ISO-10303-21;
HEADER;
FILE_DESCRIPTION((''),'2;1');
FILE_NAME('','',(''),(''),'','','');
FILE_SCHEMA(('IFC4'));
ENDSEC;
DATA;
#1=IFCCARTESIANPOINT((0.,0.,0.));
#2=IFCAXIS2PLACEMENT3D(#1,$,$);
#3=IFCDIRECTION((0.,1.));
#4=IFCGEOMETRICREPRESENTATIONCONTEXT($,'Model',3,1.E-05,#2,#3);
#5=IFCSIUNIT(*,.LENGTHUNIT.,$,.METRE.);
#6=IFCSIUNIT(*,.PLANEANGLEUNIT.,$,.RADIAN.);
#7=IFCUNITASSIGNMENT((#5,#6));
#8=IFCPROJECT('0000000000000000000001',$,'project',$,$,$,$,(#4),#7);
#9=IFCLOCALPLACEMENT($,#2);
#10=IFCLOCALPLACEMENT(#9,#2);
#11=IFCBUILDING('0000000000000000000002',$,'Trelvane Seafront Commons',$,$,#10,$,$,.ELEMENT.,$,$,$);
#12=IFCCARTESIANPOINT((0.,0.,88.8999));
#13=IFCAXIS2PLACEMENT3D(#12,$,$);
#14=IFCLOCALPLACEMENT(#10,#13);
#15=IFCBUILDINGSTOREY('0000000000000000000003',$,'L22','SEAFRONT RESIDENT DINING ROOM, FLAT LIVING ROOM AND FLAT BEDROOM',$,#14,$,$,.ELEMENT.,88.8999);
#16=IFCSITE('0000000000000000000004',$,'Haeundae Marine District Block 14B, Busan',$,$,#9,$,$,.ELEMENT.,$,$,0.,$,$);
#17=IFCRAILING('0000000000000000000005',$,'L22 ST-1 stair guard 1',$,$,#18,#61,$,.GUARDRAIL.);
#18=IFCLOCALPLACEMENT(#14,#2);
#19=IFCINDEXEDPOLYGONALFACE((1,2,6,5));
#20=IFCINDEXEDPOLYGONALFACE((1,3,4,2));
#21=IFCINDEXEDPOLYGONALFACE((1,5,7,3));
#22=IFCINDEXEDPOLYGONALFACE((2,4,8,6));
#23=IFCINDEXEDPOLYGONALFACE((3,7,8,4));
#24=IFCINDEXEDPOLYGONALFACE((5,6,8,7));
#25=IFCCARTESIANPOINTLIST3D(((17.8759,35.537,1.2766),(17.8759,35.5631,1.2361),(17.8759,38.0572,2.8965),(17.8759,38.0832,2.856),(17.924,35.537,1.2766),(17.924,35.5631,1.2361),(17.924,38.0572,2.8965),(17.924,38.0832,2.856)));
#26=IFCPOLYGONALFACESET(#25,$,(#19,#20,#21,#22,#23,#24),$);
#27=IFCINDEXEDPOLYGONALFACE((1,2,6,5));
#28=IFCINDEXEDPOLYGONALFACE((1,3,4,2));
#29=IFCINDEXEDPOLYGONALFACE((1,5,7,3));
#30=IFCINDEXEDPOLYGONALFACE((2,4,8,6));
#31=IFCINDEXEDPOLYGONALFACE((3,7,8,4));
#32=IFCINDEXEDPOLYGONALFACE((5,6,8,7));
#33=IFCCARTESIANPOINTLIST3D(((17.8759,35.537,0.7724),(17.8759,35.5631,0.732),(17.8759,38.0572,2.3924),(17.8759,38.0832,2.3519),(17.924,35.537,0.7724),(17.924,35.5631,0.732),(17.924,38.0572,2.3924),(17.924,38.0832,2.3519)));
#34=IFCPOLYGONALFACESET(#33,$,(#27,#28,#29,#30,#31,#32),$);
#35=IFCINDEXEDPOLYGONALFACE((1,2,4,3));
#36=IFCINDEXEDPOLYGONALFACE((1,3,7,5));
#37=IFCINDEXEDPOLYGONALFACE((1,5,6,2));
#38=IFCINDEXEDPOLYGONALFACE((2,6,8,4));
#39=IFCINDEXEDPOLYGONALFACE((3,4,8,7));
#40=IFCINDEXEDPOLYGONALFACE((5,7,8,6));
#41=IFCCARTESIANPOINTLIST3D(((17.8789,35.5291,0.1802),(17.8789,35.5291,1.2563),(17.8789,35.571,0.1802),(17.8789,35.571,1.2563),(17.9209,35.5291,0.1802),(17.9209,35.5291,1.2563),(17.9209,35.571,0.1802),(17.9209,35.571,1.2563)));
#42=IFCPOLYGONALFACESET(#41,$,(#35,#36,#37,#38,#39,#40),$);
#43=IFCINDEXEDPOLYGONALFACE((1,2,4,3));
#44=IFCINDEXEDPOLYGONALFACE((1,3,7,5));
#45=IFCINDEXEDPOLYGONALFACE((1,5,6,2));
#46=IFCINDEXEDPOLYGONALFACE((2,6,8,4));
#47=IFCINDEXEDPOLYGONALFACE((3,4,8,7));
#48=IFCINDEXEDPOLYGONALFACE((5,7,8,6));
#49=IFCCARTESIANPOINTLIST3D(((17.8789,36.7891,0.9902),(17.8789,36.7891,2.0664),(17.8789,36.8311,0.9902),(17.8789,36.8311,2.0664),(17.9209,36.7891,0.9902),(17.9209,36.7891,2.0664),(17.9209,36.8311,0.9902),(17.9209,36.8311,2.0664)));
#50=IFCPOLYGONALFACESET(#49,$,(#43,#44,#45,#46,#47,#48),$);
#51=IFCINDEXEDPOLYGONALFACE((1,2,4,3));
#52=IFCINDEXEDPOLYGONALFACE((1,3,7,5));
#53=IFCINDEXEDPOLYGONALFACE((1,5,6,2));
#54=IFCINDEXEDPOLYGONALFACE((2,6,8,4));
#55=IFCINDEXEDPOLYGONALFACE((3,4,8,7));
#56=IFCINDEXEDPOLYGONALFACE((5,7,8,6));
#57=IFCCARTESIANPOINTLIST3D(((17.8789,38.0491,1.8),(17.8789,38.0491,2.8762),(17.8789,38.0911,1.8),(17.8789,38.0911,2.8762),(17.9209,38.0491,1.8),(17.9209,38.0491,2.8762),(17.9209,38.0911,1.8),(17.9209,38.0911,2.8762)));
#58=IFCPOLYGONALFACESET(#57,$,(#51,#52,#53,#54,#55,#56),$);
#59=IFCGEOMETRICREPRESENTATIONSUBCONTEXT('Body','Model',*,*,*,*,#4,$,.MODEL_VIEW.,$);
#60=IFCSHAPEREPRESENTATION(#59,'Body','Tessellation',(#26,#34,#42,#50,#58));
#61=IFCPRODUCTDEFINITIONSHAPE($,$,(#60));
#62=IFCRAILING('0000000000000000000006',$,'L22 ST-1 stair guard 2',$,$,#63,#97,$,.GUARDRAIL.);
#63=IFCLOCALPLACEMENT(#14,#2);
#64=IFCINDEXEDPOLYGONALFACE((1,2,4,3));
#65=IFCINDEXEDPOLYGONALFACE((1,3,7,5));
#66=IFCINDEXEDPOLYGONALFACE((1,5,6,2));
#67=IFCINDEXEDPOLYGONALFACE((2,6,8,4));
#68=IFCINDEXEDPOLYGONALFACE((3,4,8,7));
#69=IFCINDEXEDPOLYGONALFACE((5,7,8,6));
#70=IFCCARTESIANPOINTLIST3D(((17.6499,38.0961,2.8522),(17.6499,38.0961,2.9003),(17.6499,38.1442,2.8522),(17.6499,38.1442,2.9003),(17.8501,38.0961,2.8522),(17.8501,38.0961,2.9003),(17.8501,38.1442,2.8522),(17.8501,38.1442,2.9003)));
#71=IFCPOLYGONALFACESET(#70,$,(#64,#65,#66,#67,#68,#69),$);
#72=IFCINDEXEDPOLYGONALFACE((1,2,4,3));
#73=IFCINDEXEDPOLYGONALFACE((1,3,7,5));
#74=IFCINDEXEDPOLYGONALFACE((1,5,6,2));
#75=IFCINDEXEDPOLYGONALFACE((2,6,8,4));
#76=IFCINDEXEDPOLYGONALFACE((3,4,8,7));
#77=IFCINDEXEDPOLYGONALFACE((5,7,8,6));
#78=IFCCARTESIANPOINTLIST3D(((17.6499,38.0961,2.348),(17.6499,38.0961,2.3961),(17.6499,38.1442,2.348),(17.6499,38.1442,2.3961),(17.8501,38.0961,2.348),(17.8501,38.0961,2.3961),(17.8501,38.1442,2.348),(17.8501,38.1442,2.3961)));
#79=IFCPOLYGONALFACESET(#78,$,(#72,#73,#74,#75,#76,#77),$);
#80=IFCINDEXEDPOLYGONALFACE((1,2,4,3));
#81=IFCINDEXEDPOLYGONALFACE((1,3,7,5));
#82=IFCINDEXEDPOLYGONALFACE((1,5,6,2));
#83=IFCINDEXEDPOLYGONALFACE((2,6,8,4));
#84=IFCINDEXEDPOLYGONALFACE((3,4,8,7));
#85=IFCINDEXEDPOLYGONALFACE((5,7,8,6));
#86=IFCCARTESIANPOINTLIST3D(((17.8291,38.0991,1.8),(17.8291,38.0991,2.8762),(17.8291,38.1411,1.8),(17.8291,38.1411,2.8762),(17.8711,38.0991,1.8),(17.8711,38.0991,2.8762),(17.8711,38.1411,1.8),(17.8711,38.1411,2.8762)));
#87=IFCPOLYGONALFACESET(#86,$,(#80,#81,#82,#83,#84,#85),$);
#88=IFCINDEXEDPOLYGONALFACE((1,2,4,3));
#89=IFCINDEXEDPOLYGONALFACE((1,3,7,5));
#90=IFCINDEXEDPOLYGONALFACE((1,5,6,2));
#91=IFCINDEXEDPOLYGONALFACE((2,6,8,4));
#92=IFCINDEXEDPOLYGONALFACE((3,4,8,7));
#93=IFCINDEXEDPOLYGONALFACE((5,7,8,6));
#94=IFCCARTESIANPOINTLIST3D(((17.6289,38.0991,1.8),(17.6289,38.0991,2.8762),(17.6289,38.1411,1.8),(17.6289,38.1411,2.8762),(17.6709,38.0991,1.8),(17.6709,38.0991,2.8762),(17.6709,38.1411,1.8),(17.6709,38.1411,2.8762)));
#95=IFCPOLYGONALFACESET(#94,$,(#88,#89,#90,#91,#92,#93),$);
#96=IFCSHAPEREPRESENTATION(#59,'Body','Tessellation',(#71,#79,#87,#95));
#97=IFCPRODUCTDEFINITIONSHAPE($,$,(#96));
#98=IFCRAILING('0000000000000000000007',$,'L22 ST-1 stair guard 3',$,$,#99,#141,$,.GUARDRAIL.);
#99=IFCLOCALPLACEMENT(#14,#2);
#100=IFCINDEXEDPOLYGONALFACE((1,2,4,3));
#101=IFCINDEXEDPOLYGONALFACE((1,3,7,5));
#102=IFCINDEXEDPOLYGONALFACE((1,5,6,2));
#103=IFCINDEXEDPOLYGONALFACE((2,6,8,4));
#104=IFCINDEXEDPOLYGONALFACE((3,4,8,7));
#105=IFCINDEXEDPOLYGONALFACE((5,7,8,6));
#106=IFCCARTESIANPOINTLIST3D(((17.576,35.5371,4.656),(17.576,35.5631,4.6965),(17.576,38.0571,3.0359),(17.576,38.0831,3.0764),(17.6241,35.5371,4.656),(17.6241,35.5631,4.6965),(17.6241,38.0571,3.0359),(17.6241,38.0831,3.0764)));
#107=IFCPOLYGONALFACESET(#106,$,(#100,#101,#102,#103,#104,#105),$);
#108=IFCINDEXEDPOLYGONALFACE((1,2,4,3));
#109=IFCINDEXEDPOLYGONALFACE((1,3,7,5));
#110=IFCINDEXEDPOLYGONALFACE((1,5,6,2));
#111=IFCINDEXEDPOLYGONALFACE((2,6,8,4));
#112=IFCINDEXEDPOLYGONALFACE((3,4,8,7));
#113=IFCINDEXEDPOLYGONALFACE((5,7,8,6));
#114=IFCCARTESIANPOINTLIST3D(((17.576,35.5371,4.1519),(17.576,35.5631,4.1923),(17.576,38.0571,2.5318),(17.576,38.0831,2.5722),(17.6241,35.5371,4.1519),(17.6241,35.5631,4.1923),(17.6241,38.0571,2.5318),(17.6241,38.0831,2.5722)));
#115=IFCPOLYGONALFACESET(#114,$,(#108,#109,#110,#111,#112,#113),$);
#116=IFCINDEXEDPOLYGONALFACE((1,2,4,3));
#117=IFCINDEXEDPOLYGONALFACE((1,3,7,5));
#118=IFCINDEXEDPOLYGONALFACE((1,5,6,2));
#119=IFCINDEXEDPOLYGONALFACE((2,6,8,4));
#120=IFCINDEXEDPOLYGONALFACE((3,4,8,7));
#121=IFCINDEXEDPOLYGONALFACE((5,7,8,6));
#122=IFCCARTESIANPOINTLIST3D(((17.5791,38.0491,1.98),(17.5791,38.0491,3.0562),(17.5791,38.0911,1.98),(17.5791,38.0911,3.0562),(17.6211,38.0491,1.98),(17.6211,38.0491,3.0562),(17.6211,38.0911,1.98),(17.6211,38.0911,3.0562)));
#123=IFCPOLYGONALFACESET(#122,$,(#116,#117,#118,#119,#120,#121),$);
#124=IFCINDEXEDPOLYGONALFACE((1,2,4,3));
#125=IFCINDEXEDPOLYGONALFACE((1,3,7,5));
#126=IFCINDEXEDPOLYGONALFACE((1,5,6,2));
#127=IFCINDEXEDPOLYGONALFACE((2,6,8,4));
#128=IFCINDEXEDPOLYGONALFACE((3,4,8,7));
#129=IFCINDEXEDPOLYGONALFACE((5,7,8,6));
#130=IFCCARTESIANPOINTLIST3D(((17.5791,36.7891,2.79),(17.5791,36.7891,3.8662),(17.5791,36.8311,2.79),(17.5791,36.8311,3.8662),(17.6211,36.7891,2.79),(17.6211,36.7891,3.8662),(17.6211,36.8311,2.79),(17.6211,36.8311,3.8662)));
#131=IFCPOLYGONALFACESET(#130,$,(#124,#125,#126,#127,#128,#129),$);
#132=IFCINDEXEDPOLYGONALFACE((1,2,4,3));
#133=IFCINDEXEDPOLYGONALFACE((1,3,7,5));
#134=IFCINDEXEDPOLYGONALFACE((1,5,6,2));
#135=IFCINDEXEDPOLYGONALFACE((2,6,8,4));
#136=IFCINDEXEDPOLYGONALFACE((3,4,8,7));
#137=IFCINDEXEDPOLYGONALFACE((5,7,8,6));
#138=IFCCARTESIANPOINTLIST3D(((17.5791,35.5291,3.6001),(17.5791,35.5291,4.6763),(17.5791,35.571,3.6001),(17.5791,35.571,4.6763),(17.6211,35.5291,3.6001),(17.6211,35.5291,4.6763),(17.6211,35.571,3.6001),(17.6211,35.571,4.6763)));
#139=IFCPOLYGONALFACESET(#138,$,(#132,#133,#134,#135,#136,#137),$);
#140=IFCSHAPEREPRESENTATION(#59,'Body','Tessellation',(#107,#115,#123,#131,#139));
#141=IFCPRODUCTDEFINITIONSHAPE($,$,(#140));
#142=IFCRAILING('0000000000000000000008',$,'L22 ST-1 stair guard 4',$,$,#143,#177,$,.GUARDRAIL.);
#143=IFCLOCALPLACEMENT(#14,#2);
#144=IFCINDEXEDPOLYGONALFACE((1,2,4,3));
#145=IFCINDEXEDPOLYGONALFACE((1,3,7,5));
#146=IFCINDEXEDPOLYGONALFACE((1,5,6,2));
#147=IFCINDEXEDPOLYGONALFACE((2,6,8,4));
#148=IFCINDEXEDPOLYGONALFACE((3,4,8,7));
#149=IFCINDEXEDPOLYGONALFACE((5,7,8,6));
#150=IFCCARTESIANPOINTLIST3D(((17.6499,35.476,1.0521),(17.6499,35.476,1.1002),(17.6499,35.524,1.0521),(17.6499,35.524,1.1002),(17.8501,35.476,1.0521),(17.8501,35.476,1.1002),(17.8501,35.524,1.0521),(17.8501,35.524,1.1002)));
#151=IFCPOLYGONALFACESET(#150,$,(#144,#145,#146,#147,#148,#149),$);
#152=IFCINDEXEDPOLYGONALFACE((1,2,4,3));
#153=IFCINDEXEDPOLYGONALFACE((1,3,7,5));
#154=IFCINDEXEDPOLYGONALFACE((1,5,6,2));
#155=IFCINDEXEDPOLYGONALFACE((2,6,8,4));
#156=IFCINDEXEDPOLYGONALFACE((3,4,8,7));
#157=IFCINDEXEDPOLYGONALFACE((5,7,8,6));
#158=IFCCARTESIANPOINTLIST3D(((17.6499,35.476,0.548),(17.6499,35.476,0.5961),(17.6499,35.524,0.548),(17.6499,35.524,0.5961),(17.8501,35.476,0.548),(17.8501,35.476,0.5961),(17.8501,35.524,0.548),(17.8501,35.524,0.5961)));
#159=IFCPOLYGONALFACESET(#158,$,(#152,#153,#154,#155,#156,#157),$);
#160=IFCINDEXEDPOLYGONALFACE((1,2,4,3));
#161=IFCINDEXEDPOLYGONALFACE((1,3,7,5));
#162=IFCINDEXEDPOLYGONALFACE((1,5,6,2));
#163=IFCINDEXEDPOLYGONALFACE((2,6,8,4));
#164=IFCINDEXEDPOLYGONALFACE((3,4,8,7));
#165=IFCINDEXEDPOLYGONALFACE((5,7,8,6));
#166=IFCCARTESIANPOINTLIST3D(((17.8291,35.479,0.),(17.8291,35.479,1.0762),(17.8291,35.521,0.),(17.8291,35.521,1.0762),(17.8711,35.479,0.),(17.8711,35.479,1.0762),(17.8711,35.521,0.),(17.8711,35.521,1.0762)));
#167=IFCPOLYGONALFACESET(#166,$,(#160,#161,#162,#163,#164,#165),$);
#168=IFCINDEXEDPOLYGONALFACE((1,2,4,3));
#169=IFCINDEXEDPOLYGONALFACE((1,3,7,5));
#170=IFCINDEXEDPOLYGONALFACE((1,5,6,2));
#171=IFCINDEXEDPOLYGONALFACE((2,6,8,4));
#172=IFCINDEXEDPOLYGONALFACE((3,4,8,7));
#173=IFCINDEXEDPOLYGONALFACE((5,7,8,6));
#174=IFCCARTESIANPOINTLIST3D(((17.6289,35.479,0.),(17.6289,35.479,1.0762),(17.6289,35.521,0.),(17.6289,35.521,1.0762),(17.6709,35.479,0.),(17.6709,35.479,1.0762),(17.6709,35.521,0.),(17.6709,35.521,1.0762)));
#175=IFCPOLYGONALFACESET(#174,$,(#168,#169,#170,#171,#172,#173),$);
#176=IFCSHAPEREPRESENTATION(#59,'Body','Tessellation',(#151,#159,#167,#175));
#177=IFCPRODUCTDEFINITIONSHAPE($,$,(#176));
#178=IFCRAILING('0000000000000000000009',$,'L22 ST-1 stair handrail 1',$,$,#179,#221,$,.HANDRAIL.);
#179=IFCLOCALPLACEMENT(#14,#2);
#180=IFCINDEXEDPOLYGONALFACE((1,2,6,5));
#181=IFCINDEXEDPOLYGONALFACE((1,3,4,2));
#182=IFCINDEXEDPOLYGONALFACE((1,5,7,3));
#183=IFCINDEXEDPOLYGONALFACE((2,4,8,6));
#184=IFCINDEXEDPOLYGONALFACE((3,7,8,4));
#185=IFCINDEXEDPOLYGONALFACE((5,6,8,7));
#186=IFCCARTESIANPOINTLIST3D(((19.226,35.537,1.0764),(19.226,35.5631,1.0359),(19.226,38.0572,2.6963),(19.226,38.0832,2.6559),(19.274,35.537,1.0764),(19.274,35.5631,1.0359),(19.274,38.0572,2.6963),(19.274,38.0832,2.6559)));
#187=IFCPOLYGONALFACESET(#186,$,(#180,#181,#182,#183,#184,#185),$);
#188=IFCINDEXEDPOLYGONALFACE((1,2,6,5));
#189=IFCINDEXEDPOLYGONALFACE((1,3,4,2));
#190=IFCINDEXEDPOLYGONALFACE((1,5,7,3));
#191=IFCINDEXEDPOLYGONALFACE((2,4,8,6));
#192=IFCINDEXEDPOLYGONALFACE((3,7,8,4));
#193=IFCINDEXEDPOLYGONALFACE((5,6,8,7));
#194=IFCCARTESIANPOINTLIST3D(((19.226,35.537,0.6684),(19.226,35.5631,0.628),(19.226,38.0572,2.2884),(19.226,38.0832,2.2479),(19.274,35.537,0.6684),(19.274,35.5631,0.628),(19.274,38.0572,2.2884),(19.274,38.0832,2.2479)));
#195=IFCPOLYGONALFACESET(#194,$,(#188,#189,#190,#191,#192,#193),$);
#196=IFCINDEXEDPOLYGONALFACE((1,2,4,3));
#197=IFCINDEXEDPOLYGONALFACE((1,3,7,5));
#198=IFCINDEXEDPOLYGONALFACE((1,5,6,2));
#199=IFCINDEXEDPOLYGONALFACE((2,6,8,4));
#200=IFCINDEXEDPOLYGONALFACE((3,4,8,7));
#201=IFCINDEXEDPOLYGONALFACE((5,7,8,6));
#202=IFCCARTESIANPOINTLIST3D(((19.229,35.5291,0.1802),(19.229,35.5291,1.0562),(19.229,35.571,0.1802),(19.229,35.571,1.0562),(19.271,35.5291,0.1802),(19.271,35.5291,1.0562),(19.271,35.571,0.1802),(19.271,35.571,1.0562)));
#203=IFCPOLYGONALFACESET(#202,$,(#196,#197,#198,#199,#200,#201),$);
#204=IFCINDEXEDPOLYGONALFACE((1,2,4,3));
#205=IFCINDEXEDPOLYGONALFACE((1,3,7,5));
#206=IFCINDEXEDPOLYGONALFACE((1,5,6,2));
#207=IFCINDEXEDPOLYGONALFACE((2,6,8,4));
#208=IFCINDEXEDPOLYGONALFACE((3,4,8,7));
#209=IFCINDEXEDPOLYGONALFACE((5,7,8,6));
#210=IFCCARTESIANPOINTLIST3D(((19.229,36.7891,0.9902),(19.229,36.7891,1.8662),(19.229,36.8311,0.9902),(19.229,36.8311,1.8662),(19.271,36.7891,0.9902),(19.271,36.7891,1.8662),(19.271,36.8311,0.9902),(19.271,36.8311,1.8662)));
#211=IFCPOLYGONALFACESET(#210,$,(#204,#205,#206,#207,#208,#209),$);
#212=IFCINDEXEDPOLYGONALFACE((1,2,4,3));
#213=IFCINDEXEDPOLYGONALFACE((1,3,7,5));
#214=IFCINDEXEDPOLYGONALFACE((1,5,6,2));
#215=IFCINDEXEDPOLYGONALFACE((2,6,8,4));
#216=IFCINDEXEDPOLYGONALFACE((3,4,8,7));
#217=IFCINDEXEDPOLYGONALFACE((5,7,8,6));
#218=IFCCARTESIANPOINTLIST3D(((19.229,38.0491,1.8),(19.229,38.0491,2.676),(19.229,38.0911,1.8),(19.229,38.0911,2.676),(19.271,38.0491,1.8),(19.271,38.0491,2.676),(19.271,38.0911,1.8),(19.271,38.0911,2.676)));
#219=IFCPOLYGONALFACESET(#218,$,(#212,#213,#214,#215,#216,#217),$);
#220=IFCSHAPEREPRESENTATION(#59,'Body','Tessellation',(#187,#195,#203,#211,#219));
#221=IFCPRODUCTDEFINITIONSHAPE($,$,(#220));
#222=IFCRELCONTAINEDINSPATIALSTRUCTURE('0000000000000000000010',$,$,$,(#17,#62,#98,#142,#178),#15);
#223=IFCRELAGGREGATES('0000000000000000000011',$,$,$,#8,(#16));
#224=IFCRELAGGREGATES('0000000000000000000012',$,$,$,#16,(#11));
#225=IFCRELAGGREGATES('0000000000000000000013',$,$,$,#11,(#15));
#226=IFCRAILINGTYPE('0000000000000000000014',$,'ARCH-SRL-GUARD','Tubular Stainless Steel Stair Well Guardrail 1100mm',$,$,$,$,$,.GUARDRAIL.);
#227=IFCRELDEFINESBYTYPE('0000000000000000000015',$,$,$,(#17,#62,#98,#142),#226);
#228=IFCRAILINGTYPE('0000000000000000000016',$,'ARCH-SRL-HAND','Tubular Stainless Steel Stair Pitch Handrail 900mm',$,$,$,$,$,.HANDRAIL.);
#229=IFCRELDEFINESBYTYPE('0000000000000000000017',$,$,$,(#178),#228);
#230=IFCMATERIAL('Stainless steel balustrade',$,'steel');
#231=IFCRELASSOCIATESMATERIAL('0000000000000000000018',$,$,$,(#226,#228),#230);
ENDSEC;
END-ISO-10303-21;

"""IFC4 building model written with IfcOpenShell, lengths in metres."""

from ifc_helpers import new_model, si_unit, direction, frame, origin, origin_2d, place, context, subcontext, project, spatial, rectangle, extrude, material, type_object, element, save


model = new_model("IFC4")

# Units and contexts
model_context = context("Model", 3, precision=1e-05, world=origin(), true_north=direction((0.0, 1.0)))
body_context = subcontext(model_context, "Body", "Model", "MODEL_VIEW")
ifc_project = project(units=[si_unit("LENGTHUNIT", "METRE"), si_unit("PLANEANGLEUNIT", "RADIAN")], contexts=[model_context])

# Site, building, storey
site_placement = place(None, origin())
site = spatial("IfcSite", under=ifc_project, at=site_placement, Name="Haeundae Marine District Block 14B, Busan", CompositionType="ELEMENT", RefElevation=0.0)
building_placement = place(site_placement, origin())
building = spatial("IfcBuilding", under=site, at=building_placement, Name="Trelvane Seafront Commons", CompositionType="ELEMENT")
storey_placement = place(building_placement, frame((0.0, 0.0, 88.8999)))
storey = spatial("IfcBuildingStorey", under=building, at=storey_placement, Name="L22", Description="SEAFRONT RESIDENT DINING ROOM, FLAT LIVING ROOM AND FLAT BEDROOM", CompositionType="ELEMENT", Elevation=88.8999)

# Shared definitions
ifc_material_1 = material(Name="Stainless steel balustrade", Category="steel")

# Railings
railing_type_1 = type_object("IfcRailingType", Name="ARCH-SRL-GUARD", Description="Tubular Stainless Steel Stair Well Guardrail 1100mm", PredefinedType="GUARDRAIL", material=ifc_material_1)
railing_1_placement = place(storey_placement, frame((17.8999, 35.55, 0.1802)))
element("IfcRailing", 1, at=railing_1_placement, inside=storey, type_object=railing_type_1, Name="L22 ST-1 stair guard 1", PredefinedType="GUARDRAIL", context=body_context, shape_type="SweptSolid", body=[
    extrude(rectangle(XDim=0.0481, YDim=0.0481, at=origin_2d()), frame((0.0, 0.0, 1.0762), z_axis=(0.0, 0.8412, 0.540725), x_axis=(-1.0, 0.0, 0.0)), (0.0, 0.0, 1.0), 2.9958),
    extrude(rectangle(XDim=0.0481, YDim=0.0481, at=origin_2d()), frame((0.0, 0.0, 0.572), z_axis=(0.0, 0.8412, 0.540725), x_axis=(-1.0, 0.0, 0.0)), (0.0, 0.0, 1.0), 2.9958),
    extrude(rectangle(XDim=0.042, YDim=0.042, at=origin_2d()), origin(), (0.0, 0.0, 1.0), 1.0762),
    extrude(rectangle(XDim=0.042, YDim=0.042, at=origin_2d()), frame((0.0, 1.26, 0.8101)), (0.0, 0.0, 1.0), 1.0762),
    extrude(rectangle(XDim=0.042, YDim=0.042, at=origin_2d()), frame((0.0, 2.52, 1.6199)), (0.0, 0.0, 1.0), 1.0762),
])
railing_2_placement = place(storey_placement, frame((17.8501, 38.1201, 1.8)))
element("IfcRailing", 2, at=railing_2_placement, inside=storey, type_object=railing_type_1, Name="L22 ST-1 stair guard 2", PredefinedType="GUARDRAIL", context=body_context, shape_type="SweptSolid", body=[
    extrude(rectangle(XDim=0.0481, YDim=0.0481, at=origin_2d()), frame((0.0, 0.0, 1.0762), z_axis=(-1.0, 0.0, 0.0), x_axis=(0.0, -1.0, 0.0)), (0.0, 0.0, 1.0), 0.2002),
    extrude(rectangle(XDim=0.0481, YDim=0.0481, at=origin_2d()), frame((0.0, 0.0, 0.572), z_axis=(-1.0, 0.0, 0.0), x_axis=(0.0, -1.0, 0.0)), (0.0, 0.0, 1.0), 0.2002),
    extrude(rectangle(XDim=0.042, YDim=0.042, at=origin_2d()), origin(), (0.0, 0.0, 1.0), 1.0762),
    extrude(rectangle(XDim=0.042, YDim=0.042, at=origin_2d()), frame((-0.2002, 0.0, 0.0)), (0.0, 0.0, 1.0), 1.0762),
])
railing_3_placement = place(storey_placement, frame((17.6001, 38.0701, 1.98)))
element("IfcRailing", 3, at=railing_3_placement, inside=storey, type_object=railing_type_1, Name="L22 ST-1 stair guard 3", PredefinedType="GUARDRAIL", context=body_context, shape_type="SweptSolid", body=[
    extrude(rectangle(XDim=0.0481, YDim=0.0481, at=origin_2d()), frame((0.0, 0.0, 1.0762), z_axis=(0.0, -0.841163, 0.540782), x_axis=(1.0, 0.0, 0.0)), (0.0, 0.0, 1.0), 2.9958),
    extrude(rectangle(XDim=0.0481, YDim=0.0481, at=origin_2d()), frame((0.0, 0.0, 0.572), z_axis=(0.0, -0.841163, 0.540782), x_axis=(1.0, 0.0, 0.0)), (0.0, 0.0, 1.0), 2.9958),
    extrude(rectangle(XDim=0.042, YDim=0.042, at=origin_2d()), origin(), (0.0, 0.0, 1.0), 1.0762),
    extrude(rectangle(XDim=0.042, YDim=0.042, at=origin_2d()), frame((0.0, -1.26, 0.8101)), (0.0, 0.0, 1.0), 1.0762),
    extrude(rectangle(XDim=0.042, YDim=0.042, at=origin_2d()), frame((0.0, -2.52, 1.6201)), (0.0, 0.0, 1.0), 1.0762),
])
railing_4_placement = place(storey_placement, frame((17.8501, 35.5, 0.0)))
element("IfcRailing", 4, at=railing_4_placement, inside=storey, type_object=railing_type_1, Name="L22 ST-1 stair guard 4", PredefinedType="GUARDRAIL", context=body_context, shape_type="SweptSolid", body=[
    extrude(rectangle(XDim=0.0481, YDim=0.0481, at=origin_2d()), frame((0.0, 0.0, 1.0762), z_axis=(-1.0, 0.0, 0.0), x_axis=(0.0, -1.0, 0.0)), (0.0, 0.0, 1.0), 0.2002),
    extrude(rectangle(XDim=0.0481, YDim=0.0481, at=origin_2d()), frame((0.0, 0.0, 0.572), z_axis=(-1.0, 0.0, 0.0), x_axis=(0.0, -1.0, 0.0)), (0.0, 0.0, 1.0), 0.2002),
    extrude(rectangle(XDim=0.042, YDim=0.042, at=origin_2d()), origin(), (0.0, 0.0, 1.0), 1.0762),
    extrude(rectangle(XDim=0.042, YDim=0.042, at=origin_2d()), frame((-0.2002, 0.0, 0.0)), (0.0, 0.0, 1.0), 1.0762),
])
railing_type_2 = type_object("IfcRailingType", Name="ARCH-SRL-HAND", Description="Tubular Stainless Steel Stair Pitch Handrail 900mm", PredefinedType="HANDRAIL", material=ifc_material_1)
railing_5_placement = place(storey_placement, frame((19.25, 35.55, 0.1802)))
element("IfcRailing", 5, at=railing_5_placement, inside=storey, type_object=railing_type_2, Name="L22 ST-1 stair handrail 1", PredefinedType="HANDRAIL", context=body_context, shape_type="SweptSolid", body=[
    extrude(rectangle(XDim=0.0481, YDim=0.0481, at=origin_2d()), frame((0.0, 0.0, 0.876), z_axis=(0.0, 0.8412, 0.540725), x_axis=(-1.0, 0.0, 0.0)), (0.0, 0.0, 1.0), 2.9958),
    extrude(rectangle(XDim=0.0481, YDim=0.0481, at=origin_2d()), frame((0.0, 0.0, 0.468), z_axis=(0.0, 0.8412, 0.540725), x_axis=(-1.0, 0.0, 0.0)), (0.0, 0.0, 1.0), 2.9958),
    extrude(rectangle(XDim=0.042, YDim=0.042, at=origin_2d()), origin(), (0.0, 0.0, 1.0), 0.876),
    extrude(rectangle(XDim=0.042, YDim=0.042, at=origin_2d()), frame((0.0, 1.26, 0.8101)), (0.0, 0.0, 1.0), 0.876),
    extrude(rectangle(XDim=0.042, YDim=0.042, at=origin_2d()), frame((0.0, 2.52, 1.6199)), (0.0, 0.0, 1.0), 0.876),
])

save(model, "model.ifc")
